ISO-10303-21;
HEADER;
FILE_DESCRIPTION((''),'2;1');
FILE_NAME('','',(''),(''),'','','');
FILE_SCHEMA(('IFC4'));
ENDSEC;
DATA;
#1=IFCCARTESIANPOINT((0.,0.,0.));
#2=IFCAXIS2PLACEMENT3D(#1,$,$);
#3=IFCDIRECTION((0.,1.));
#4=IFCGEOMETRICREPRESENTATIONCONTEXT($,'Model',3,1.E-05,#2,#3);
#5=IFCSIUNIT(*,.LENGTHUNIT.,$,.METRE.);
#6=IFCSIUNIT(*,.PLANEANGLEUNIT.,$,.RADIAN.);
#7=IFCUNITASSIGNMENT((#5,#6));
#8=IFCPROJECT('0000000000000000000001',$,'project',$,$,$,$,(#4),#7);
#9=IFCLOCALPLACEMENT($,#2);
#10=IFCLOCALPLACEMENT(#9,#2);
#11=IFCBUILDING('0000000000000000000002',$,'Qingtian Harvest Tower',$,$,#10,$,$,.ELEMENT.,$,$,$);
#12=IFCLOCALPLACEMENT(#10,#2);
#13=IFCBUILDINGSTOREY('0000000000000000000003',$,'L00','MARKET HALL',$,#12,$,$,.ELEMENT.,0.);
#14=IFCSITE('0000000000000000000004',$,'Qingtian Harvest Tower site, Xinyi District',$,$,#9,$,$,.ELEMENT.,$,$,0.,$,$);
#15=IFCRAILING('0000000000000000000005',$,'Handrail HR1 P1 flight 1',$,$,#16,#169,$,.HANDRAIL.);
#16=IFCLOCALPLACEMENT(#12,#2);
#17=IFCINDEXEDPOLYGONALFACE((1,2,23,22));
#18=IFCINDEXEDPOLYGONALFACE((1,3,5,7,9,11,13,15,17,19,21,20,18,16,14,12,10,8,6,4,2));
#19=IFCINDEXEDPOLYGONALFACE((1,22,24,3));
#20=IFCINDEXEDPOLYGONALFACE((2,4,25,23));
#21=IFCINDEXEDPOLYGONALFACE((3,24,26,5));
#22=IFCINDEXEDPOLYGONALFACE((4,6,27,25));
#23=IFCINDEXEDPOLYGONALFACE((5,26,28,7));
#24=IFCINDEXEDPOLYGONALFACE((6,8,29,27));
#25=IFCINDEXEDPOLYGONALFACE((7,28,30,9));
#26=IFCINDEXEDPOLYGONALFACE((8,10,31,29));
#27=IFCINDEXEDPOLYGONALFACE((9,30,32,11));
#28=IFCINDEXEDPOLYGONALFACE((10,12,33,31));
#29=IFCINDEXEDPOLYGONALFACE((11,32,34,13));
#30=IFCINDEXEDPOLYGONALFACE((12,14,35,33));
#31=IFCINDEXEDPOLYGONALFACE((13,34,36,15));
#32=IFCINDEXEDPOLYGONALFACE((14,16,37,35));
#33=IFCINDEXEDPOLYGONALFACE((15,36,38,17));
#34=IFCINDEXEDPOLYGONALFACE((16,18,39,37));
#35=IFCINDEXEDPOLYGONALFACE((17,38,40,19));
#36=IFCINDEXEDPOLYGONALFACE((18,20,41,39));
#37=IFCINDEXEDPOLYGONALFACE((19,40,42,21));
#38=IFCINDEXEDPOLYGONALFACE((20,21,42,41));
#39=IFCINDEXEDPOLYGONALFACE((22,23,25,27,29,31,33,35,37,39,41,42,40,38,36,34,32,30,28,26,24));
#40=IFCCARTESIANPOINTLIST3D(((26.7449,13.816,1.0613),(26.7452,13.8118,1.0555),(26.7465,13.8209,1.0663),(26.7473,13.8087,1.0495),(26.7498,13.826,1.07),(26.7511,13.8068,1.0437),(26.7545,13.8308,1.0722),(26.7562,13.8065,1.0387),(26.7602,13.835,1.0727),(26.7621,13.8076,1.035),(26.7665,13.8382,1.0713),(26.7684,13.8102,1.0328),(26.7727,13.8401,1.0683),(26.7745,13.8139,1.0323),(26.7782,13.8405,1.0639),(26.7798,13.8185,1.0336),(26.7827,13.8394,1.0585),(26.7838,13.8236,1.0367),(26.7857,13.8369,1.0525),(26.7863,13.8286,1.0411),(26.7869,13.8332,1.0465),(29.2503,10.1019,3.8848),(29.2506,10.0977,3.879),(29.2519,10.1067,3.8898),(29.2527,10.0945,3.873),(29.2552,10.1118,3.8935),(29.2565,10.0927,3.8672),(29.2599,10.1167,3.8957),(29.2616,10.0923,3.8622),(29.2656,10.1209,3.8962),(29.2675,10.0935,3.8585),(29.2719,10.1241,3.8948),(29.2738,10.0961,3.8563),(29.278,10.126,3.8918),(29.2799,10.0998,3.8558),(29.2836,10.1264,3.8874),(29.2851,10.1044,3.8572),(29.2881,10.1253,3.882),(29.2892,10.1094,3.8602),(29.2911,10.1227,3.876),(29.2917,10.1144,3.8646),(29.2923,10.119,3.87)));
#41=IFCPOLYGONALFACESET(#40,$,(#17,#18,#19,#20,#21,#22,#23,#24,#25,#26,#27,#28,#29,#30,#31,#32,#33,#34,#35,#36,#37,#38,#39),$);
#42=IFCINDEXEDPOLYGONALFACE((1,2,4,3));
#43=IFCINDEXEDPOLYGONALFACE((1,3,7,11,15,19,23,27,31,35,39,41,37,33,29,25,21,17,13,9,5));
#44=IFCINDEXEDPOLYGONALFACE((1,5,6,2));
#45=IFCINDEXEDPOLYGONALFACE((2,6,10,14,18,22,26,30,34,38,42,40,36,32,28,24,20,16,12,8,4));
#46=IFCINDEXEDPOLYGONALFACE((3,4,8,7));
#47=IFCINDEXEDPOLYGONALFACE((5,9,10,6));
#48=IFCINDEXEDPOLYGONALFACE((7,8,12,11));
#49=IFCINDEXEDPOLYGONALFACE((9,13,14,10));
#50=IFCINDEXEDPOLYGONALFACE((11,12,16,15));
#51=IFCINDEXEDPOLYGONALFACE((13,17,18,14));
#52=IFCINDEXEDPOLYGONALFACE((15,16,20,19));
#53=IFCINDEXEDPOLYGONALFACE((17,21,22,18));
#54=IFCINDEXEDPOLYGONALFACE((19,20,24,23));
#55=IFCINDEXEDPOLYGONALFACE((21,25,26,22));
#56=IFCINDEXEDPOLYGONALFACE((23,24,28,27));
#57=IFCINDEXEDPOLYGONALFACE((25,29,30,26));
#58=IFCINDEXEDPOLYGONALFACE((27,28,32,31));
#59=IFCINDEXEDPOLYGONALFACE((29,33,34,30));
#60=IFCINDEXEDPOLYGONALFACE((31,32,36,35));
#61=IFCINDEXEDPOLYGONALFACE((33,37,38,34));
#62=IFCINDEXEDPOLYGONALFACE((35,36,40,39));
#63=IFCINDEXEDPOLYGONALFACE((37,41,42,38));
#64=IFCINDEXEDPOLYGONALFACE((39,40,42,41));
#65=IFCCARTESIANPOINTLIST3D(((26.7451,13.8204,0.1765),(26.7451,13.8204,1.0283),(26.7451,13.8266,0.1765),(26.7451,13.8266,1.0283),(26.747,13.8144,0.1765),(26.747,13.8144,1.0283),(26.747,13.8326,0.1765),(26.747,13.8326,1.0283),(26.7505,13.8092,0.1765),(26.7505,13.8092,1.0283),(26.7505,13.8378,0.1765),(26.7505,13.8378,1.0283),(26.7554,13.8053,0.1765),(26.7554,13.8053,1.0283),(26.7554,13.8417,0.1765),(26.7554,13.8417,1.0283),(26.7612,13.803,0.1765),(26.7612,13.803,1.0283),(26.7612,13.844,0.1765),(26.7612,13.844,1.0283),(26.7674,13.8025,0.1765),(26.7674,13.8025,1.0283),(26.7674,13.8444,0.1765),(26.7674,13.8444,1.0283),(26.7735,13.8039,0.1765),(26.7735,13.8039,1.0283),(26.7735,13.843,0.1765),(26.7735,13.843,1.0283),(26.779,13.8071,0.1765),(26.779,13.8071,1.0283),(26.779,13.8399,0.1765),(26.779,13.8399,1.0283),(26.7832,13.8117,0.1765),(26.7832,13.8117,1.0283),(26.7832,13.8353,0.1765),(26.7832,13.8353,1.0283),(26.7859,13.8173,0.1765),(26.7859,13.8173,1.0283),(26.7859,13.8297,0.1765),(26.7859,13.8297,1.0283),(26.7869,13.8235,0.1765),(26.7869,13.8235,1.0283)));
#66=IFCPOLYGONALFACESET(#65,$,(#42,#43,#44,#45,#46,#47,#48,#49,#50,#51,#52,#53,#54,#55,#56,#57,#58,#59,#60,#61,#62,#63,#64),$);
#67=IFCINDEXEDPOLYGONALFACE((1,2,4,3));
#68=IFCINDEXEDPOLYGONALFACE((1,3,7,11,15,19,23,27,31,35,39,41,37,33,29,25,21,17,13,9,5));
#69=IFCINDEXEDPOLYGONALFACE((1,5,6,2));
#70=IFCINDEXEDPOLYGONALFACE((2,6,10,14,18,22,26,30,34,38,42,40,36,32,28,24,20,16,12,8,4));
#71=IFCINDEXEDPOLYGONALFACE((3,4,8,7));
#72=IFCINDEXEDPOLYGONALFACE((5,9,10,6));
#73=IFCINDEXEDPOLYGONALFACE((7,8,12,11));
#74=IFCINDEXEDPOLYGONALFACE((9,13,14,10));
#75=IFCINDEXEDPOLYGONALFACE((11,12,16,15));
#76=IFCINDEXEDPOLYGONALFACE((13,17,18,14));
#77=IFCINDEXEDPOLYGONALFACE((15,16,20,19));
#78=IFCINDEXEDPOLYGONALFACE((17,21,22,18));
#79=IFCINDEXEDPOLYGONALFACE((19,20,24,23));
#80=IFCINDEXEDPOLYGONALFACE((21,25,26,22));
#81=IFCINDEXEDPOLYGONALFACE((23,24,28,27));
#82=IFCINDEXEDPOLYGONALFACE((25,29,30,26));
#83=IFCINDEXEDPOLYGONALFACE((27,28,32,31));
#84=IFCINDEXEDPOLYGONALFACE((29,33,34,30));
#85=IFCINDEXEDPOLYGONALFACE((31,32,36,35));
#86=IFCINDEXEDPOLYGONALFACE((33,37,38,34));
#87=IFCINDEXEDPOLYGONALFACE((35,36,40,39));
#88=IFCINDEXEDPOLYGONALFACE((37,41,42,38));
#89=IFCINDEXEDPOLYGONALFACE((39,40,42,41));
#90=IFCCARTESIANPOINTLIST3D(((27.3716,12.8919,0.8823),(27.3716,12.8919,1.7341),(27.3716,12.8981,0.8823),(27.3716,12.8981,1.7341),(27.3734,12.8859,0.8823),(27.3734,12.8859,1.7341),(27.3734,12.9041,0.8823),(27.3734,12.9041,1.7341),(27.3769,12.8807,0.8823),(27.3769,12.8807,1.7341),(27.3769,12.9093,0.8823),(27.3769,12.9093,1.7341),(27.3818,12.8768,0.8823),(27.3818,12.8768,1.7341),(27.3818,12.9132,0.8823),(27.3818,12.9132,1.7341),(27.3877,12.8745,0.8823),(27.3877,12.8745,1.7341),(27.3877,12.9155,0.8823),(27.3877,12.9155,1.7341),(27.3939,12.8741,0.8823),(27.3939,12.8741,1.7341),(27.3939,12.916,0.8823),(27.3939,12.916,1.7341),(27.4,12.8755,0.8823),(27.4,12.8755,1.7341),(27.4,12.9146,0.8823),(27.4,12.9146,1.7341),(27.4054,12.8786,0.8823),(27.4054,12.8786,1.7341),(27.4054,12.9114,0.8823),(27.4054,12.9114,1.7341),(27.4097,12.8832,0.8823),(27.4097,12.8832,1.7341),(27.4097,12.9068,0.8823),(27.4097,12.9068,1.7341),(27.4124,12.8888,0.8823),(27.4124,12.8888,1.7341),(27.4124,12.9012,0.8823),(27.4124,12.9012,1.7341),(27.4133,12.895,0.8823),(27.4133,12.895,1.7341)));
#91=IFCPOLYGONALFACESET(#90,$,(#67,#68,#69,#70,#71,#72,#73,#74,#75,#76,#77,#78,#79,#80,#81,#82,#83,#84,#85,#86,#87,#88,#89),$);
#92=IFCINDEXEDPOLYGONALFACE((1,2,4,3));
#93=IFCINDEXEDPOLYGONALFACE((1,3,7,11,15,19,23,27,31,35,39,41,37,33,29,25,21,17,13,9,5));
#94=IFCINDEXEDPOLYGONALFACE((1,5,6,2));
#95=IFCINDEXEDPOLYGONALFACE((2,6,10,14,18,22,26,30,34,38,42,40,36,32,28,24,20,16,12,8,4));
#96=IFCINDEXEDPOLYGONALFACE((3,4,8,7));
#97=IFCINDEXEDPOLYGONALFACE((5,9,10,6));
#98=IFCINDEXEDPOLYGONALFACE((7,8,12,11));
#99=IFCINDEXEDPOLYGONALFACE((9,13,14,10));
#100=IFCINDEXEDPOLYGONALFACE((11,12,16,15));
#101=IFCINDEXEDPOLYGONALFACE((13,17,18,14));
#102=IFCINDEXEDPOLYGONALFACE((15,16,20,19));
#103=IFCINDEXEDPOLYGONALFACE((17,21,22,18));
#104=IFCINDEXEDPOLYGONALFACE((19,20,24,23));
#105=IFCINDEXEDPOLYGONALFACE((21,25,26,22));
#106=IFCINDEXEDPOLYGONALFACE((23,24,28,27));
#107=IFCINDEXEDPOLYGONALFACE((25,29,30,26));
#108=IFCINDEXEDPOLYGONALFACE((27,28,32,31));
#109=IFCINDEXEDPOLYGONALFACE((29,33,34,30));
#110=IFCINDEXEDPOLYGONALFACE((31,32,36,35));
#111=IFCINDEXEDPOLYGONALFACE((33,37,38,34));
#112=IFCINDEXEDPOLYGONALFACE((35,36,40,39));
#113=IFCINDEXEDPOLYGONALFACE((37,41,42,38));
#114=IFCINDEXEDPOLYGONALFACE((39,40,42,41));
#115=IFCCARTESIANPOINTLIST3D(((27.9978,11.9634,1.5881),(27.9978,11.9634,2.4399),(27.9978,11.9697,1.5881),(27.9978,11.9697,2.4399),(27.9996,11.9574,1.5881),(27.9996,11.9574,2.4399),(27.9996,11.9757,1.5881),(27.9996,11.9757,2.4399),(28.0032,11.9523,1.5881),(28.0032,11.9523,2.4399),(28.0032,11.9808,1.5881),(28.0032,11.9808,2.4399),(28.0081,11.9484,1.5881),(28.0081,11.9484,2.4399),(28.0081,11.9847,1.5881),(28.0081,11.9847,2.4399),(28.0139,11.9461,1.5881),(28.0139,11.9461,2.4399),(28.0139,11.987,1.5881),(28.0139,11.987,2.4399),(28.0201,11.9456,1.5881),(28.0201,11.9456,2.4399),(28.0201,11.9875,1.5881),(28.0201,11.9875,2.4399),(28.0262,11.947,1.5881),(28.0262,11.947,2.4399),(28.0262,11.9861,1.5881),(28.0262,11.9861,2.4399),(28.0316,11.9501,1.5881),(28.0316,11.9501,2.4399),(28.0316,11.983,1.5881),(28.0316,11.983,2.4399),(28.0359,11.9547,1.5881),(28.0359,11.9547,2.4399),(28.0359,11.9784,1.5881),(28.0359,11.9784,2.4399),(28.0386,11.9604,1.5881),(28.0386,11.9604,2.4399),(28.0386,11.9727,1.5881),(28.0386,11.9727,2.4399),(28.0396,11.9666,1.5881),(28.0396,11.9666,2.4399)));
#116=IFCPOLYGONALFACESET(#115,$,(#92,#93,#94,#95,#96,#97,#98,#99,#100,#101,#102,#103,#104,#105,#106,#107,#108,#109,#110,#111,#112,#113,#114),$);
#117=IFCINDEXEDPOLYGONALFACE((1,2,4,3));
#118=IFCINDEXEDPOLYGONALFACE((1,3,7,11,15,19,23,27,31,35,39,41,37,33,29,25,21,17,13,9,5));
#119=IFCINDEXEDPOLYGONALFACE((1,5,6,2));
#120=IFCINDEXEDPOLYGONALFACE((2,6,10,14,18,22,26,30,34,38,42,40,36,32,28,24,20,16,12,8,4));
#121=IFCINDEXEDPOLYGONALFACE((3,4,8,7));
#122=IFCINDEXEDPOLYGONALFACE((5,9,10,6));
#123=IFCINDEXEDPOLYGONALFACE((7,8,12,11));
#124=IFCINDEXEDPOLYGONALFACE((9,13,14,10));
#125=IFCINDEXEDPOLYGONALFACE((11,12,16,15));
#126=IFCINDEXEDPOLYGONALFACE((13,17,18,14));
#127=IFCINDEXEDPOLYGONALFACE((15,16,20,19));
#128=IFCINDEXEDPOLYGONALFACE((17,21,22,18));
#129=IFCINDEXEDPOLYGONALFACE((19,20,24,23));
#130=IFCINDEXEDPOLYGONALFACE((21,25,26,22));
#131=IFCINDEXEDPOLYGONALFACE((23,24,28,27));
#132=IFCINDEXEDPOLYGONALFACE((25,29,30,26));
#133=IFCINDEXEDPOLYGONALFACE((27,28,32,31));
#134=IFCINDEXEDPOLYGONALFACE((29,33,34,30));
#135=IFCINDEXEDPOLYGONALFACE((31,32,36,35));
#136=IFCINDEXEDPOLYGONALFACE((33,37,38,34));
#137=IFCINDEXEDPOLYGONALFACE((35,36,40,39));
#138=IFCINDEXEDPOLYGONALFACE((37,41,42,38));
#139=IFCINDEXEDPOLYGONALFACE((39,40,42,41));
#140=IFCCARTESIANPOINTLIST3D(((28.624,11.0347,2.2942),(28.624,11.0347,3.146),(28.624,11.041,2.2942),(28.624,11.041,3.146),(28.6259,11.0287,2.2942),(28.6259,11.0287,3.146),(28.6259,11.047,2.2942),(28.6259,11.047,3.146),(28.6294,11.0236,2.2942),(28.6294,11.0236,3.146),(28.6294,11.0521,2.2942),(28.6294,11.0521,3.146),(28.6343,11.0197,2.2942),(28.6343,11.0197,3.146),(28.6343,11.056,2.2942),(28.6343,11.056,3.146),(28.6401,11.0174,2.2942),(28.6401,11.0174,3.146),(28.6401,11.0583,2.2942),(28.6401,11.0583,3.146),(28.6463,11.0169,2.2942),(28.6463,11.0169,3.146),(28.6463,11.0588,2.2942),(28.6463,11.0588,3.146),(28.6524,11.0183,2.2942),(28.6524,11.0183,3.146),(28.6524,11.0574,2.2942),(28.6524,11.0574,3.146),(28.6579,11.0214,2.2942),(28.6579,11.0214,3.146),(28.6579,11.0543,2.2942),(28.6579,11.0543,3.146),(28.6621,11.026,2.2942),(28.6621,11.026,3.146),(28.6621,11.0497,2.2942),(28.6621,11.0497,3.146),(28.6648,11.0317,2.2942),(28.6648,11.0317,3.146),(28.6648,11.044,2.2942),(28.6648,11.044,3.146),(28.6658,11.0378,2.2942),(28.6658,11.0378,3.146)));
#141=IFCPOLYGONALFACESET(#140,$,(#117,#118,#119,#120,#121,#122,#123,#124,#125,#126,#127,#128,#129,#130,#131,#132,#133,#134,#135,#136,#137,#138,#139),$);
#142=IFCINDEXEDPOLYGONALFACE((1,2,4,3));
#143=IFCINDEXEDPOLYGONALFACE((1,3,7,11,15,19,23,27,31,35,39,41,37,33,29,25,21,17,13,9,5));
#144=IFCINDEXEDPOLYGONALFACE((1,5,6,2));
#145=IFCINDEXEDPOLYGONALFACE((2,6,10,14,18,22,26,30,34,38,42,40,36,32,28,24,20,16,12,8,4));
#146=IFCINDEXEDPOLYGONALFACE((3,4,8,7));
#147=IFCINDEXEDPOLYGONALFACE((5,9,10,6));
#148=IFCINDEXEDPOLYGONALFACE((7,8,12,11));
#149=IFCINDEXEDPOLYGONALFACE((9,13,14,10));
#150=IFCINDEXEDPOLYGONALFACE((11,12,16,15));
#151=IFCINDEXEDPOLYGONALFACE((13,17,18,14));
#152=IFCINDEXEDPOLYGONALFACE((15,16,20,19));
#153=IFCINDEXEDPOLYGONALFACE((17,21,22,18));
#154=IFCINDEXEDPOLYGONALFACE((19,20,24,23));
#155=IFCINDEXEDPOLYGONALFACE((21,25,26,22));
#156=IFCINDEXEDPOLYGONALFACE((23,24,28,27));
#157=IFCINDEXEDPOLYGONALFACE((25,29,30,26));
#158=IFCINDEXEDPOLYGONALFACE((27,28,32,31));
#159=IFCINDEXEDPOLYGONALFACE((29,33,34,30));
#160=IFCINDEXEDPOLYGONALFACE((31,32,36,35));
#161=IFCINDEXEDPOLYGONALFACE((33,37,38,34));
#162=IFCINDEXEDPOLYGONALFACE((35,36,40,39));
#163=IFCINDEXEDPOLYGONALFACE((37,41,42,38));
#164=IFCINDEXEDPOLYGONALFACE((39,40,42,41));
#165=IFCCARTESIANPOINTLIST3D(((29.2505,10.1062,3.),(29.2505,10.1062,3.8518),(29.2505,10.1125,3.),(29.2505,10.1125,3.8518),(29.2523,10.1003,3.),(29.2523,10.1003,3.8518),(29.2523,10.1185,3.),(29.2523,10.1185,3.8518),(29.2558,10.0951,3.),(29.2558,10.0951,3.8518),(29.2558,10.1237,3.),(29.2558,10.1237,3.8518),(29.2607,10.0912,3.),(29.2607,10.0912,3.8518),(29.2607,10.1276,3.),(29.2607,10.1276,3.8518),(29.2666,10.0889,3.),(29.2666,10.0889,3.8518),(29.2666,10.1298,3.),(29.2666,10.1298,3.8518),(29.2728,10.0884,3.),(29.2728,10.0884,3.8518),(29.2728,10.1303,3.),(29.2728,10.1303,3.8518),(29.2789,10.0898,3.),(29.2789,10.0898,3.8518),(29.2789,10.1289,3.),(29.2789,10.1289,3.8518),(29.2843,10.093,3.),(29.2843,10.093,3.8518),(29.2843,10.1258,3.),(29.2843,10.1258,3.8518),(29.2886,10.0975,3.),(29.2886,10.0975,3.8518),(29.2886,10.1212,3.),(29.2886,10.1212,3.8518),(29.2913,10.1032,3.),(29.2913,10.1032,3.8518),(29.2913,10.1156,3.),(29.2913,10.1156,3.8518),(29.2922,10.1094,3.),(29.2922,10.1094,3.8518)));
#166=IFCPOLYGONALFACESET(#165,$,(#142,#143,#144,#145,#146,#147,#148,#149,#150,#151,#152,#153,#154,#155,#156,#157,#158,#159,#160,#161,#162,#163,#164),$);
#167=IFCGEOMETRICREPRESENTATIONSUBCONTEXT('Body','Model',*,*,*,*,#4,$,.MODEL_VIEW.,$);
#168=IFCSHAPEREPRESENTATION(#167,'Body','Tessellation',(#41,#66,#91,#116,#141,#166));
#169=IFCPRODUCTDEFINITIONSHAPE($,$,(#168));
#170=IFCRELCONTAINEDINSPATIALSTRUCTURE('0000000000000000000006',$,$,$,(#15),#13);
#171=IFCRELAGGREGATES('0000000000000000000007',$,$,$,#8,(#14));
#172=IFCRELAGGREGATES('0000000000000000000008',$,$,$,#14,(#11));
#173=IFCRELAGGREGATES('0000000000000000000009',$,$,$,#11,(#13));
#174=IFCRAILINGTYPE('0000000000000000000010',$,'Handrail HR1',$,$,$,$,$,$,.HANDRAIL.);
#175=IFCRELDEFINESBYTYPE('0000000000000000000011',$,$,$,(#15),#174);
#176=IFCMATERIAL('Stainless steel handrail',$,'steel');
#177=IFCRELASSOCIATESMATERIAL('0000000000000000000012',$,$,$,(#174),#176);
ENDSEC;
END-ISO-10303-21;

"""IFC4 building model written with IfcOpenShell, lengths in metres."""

from ifc_helpers import new_model, si_unit, direction, frame, origin, origin_2d, place, context, subcontext, project, spatial, circle, extrude, material, type_object, element, save


model = new_model("IFC4")

# Units and contexts
model_context = context("Model", 3, precision=1e-05, world=origin(), true_north=direction((0.0, 1.0)))
body_context = subcontext(model_context, "Body", "Model", "MODEL_VIEW")
ifc_project = project(units=[si_unit("LENGTHUNIT", "METRE"), si_unit("PLANEANGLEUNIT", "RADIAN")], contexts=[model_context])

# Site, building, storey
site_placement = place(None, origin())
site = spatial("IfcSite", under=ifc_project, at=site_placement, Name="Qingtian Harvest Tower site, Xinyi District", CompositionType="ELEMENT", RefElevation=0.0)
building_placement = place(site_placement, origin())
building = spatial("IfcBuilding", under=site, at=building_placement, Name="Qingtian Harvest Tower", CompositionType="ELEMENT")
storey_placement = place(building_placement, origin())
storey = spatial("IfcBuildingStorey", under=building, at=storey_placement, Name="L00", Description="MARKET HALL", CompositionType="ELEMENT", Elevation=0.0)

# Railing
ifc_material_1 = material(Name="Stainless steel handrail", Category="steel")
railing_type = type_object("IfcRailingType", Name="Handrail HR1", PredefinedType="HANDRAIL", material=ifc_material_1)
railing_1_placement = place(storey_placement, frame((26.7659, 13.8235, 0.1765)))
element("IfcRailing", 1, at=railing_1_placement, inside=storey, type_object=railing_type, Name="Handrail HR1 P1 flight 1", PredefinedType="HANDRAIL", context=body_context, shape_type="SweptSolid", body=[
    extrude(circle(Radius=0.0239, at=origin_2d()), frame((0.0, 0.0, 0.876), z_axis=(0.473103, -0.701355, 0.533174), x_axis=(0.82902, 0.559219, 0.0)), (0.0, 0.0, 1.0), 5.2957),
    extrude(circle(Radius=0.021, at=origin_2d()), origin(), (0.0, 0.0, 1.0), 0.8518),
    extrude(circle(Radius=0.021, at=origin_2d()), frame((0.6265, -0.9285, 0.7058)), (0.0, 0.0, 1.0), 0.8518),
    extrude(circle(Radius=0.021, at=origin_2d()), frame((1.2527, -1.8569, 1.4116)), (0.0, 0.0, 1.0), 0.8518),
    extrude(circle(Radius=0.021, at=origin_2d()), frame((1.8789, -2.7856, 2.1177)), (0.0, 0.0, 1.0), 0.8518),
    extrude(circle(Radius=0.021, at=origin_2d()), frame((2.5054, -3.7141, 2.8235)), (0.0, 0.0, 1.0), 0.8518),
])

save(model, "model.ifc")
